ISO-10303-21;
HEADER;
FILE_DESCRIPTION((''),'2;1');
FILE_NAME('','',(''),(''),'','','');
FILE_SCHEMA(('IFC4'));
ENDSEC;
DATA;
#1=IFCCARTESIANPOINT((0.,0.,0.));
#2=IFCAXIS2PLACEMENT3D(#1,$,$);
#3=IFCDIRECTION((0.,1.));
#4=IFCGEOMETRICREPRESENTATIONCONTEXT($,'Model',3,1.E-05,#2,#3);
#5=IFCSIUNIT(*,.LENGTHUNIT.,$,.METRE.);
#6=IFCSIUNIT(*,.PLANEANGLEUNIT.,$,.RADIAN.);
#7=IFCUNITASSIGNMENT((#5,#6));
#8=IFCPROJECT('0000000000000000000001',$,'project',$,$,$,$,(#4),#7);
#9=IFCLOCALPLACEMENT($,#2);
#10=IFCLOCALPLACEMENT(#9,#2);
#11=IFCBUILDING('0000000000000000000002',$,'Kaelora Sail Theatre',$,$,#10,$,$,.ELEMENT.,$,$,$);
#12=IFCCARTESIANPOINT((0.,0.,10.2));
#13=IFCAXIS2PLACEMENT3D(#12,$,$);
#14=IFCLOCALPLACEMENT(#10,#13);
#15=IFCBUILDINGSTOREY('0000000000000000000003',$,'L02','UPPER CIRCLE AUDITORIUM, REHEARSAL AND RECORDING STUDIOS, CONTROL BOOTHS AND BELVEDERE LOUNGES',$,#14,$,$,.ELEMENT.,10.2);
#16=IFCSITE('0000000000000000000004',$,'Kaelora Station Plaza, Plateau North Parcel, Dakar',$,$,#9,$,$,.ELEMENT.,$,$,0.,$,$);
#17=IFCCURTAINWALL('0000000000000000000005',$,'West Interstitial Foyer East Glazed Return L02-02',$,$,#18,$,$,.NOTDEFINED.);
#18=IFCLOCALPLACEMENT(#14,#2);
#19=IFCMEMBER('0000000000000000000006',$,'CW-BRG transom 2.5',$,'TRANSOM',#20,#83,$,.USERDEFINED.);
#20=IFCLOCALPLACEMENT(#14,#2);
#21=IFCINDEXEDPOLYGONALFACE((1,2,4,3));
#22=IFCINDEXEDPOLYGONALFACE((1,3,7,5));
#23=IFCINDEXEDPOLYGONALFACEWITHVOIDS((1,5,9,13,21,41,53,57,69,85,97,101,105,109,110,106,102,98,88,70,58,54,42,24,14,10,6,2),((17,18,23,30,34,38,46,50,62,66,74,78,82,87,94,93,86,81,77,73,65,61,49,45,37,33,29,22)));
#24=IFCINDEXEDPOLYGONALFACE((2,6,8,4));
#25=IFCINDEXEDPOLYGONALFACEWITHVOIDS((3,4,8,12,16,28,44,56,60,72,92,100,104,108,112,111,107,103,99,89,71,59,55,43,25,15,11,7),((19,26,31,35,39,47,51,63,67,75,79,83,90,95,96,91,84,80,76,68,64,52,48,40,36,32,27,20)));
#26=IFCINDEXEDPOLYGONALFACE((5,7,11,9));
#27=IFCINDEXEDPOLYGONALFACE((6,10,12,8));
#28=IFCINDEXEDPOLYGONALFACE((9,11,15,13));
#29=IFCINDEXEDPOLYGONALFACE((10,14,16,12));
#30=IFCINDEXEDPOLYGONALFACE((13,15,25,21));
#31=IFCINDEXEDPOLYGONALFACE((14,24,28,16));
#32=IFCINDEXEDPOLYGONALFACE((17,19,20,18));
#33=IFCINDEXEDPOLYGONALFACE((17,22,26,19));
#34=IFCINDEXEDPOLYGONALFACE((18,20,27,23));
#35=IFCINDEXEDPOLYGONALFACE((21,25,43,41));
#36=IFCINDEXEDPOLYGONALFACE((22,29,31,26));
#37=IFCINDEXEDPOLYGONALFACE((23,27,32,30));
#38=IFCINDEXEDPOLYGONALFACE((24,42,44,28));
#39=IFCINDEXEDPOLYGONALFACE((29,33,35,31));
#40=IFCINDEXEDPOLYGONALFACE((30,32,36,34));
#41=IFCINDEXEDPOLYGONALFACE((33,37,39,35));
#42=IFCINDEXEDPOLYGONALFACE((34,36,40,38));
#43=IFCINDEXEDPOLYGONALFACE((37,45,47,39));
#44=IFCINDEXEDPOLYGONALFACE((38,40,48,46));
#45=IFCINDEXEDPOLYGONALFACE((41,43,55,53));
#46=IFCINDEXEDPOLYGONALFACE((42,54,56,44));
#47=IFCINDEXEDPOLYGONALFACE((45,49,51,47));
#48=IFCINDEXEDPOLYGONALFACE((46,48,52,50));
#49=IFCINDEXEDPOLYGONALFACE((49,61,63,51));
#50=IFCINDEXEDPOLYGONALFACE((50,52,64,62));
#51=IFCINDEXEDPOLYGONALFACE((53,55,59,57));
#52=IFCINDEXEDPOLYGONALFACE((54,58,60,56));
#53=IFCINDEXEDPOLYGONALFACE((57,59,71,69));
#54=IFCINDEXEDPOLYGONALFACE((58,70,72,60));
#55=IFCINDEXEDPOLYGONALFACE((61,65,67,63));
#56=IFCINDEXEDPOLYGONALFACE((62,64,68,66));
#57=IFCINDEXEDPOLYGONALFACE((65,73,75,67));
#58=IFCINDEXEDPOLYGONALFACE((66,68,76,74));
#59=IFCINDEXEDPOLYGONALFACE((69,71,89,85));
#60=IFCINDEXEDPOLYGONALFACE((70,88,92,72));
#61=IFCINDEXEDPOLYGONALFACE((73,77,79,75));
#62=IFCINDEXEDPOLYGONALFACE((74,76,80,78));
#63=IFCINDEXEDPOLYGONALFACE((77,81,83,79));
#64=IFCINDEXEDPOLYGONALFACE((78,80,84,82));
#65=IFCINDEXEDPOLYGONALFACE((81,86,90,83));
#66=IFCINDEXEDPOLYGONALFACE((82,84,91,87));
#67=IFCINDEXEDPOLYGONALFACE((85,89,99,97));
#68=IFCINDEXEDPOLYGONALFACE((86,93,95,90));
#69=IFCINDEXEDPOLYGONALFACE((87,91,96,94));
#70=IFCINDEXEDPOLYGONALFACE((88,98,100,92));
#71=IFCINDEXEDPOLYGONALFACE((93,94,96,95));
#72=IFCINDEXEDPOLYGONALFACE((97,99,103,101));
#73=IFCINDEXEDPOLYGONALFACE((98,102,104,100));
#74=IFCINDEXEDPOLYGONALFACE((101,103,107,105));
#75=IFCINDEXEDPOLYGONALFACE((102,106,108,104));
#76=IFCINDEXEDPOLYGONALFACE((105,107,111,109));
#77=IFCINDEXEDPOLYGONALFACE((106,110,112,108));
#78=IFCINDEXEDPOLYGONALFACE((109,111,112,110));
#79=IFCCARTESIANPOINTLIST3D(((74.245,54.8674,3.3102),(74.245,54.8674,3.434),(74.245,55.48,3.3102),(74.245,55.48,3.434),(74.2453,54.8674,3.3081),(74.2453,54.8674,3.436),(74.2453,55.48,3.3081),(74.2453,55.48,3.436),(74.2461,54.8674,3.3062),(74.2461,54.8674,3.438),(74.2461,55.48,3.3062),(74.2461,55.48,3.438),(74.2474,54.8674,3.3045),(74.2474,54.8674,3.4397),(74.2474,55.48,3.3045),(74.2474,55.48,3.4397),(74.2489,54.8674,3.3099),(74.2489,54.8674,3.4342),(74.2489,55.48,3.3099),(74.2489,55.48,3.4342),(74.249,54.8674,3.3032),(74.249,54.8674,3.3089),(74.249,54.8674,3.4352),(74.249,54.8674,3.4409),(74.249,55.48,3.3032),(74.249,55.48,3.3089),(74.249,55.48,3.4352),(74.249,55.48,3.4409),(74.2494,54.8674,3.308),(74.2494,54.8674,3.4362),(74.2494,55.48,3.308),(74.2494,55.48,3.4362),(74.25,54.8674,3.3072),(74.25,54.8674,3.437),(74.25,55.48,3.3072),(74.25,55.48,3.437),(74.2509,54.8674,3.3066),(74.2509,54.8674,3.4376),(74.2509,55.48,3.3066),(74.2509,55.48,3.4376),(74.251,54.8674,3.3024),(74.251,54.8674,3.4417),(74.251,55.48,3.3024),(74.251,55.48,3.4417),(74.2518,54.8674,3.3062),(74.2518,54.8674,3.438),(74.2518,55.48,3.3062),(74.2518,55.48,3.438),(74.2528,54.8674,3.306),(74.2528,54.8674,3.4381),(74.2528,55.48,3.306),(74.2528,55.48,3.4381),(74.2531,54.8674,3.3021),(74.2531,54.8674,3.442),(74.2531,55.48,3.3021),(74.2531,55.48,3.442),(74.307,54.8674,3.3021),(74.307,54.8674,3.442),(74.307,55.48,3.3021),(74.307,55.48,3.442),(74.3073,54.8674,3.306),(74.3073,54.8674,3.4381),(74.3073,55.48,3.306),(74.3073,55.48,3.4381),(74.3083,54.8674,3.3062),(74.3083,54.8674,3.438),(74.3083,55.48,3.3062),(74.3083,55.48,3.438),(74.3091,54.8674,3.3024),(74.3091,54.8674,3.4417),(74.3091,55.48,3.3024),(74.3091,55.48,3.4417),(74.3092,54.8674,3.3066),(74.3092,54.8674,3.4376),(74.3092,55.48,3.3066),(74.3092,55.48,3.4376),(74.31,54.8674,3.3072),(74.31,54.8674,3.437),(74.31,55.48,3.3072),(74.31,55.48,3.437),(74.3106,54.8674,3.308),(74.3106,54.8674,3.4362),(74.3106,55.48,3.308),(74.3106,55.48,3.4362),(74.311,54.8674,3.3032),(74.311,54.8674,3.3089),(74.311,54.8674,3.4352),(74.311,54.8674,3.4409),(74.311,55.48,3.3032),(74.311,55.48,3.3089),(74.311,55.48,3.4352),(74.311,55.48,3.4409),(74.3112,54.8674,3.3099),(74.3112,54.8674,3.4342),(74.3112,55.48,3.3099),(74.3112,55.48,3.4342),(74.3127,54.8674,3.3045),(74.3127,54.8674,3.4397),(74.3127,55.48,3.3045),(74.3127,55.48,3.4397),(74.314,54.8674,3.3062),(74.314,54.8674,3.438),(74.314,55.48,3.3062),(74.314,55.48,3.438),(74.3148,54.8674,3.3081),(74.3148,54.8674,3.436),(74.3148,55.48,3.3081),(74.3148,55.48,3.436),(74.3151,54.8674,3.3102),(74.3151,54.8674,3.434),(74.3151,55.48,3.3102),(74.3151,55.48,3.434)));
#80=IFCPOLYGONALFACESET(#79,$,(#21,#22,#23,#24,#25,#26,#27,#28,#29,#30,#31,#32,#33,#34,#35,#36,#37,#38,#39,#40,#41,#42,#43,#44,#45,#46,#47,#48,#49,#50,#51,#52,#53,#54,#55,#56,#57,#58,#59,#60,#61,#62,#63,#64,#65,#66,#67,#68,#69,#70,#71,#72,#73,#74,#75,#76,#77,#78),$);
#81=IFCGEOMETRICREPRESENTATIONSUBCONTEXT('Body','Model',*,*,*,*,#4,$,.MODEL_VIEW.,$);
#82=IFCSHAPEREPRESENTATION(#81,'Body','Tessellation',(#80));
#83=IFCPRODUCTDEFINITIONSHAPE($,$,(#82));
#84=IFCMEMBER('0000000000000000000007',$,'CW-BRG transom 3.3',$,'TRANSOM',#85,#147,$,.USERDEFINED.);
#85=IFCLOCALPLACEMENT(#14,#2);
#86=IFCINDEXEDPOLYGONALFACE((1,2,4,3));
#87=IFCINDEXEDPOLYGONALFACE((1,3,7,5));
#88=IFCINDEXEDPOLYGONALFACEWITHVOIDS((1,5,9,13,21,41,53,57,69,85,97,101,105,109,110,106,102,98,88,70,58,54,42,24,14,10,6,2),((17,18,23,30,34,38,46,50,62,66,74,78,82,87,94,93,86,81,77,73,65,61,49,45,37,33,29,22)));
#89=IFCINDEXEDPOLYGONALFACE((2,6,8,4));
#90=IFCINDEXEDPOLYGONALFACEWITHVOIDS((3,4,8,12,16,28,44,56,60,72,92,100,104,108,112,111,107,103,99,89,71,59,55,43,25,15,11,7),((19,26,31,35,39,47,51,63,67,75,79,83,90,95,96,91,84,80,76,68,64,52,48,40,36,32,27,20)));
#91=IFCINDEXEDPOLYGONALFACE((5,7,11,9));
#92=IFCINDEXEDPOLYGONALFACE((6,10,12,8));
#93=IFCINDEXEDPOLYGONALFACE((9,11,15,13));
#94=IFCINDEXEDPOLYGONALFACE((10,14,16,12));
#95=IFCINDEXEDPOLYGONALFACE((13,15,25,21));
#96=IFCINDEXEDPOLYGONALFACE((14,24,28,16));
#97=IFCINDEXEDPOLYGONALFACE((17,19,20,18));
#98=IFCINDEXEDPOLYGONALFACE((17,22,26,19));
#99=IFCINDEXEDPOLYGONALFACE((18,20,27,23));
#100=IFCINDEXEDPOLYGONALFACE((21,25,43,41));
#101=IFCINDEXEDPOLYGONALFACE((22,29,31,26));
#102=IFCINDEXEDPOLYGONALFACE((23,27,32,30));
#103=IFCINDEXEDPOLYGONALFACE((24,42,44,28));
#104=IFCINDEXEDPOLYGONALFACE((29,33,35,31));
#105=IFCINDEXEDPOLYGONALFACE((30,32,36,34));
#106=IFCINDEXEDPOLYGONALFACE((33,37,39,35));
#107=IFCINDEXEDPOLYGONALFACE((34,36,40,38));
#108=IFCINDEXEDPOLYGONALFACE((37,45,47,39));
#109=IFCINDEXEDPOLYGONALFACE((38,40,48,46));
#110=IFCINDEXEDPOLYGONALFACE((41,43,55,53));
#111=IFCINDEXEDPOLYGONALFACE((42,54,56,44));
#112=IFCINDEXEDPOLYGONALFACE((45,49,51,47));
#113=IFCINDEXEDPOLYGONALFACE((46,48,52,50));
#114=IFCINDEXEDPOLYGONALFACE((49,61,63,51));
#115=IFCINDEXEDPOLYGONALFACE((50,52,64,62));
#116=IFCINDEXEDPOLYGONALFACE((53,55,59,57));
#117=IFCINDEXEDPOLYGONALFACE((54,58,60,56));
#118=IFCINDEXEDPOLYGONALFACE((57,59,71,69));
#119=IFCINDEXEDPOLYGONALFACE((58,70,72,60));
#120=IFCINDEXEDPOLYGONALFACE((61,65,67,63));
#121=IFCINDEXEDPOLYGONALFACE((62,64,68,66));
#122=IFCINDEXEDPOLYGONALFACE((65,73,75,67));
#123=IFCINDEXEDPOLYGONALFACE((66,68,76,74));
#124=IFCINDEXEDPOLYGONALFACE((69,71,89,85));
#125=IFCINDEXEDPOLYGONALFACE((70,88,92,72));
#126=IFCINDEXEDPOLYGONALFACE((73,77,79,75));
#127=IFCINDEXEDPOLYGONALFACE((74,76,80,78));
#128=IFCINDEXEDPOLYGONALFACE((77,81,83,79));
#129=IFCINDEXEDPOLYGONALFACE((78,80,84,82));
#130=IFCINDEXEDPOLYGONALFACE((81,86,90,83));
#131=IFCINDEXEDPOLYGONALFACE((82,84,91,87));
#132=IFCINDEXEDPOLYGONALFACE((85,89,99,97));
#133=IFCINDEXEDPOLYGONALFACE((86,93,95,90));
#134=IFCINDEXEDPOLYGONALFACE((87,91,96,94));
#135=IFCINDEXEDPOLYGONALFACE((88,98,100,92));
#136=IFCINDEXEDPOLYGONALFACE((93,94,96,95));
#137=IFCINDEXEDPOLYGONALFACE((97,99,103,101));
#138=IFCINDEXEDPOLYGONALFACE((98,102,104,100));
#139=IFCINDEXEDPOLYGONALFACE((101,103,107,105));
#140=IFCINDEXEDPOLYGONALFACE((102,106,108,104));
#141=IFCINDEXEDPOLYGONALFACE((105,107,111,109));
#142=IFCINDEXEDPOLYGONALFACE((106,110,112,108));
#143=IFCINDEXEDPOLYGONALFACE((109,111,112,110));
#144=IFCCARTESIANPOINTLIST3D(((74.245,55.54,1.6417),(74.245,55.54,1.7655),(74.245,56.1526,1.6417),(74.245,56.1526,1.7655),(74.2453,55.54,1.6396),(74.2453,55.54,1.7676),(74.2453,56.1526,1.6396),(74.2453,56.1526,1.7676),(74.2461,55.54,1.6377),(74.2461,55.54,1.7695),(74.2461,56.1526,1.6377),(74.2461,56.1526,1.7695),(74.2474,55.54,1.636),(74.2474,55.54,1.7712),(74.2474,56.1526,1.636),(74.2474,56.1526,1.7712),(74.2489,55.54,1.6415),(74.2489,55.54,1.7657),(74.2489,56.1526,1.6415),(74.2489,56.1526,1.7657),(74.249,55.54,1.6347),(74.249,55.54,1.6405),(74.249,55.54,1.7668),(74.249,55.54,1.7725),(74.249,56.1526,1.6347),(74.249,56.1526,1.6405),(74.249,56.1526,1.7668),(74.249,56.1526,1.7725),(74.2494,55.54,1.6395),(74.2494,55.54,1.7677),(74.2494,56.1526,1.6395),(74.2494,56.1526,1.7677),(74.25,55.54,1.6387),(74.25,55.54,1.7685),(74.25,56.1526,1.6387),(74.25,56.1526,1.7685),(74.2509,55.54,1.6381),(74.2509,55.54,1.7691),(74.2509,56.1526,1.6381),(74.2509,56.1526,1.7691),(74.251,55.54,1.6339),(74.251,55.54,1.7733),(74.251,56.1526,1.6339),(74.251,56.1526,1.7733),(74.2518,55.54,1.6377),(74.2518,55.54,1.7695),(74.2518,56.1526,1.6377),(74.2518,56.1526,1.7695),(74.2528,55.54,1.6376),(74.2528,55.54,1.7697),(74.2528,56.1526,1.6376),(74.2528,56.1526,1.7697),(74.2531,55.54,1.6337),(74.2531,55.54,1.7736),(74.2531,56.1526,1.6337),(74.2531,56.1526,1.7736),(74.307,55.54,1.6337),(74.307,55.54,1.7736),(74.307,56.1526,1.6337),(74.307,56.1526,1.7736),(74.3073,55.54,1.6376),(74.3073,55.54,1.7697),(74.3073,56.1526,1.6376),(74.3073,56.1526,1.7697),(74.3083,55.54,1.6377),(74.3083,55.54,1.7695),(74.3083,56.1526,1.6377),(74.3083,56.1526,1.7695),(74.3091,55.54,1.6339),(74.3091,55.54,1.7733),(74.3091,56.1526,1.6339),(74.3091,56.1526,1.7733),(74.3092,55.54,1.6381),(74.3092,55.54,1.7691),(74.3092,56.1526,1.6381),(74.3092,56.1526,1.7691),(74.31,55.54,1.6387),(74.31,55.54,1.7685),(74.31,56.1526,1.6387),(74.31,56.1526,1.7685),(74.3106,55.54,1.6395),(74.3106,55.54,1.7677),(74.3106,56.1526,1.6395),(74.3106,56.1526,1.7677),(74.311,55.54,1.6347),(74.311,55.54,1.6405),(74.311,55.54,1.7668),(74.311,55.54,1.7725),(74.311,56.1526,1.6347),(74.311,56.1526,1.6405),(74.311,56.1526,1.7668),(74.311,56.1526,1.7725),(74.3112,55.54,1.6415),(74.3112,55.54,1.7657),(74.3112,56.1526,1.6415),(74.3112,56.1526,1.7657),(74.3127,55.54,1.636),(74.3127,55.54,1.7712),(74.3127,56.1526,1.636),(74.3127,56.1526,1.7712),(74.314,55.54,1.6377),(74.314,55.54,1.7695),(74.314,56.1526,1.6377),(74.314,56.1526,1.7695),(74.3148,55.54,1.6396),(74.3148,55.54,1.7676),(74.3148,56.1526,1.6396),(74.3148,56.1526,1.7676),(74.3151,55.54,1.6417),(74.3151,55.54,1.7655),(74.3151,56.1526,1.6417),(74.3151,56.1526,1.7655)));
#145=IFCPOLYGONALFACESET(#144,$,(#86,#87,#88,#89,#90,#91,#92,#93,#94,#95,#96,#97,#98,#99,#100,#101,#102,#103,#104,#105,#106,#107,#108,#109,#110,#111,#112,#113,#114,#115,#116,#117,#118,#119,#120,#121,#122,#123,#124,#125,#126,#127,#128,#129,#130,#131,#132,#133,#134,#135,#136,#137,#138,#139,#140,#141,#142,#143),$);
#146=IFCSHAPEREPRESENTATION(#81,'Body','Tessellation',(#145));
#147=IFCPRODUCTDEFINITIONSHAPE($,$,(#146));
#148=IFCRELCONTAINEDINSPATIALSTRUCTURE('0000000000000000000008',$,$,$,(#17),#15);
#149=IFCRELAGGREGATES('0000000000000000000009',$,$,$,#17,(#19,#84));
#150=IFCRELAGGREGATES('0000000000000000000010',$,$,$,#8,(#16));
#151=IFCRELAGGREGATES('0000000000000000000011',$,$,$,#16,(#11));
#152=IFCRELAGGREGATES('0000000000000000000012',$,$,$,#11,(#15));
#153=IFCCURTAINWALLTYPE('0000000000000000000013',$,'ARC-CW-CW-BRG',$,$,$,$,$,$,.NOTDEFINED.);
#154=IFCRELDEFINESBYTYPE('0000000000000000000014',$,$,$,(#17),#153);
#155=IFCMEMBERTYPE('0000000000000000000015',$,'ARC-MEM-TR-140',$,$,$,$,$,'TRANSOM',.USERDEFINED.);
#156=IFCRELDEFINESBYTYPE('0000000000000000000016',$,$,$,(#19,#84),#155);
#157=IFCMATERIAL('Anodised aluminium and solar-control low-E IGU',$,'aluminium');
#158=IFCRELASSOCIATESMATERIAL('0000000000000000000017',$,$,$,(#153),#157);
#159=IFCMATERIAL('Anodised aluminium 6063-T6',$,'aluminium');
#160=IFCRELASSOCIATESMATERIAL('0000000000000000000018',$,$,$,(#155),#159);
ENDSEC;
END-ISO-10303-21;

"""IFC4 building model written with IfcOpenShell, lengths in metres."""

from ifc_helpers import new_model, si_unit, direction, frame, origin, origin_2d, place, context, subcontext, project, spatial, hollow_rectangle, extrude, material, material_profile, profile_set, type_object, element, aggregate, save


model = new_model("IFC4")

# Units and contexts
model_context = context("Model", 3, precision=1e-05, world=origin(), true_north=direction((0.0, 1.0)))
body_context = subcontext(model_context, "Body", "Model", "MODEL_VIEW")
ifc_project = project(units=[si_unit("LENGTHUNIT", "METRE"), si_unit("PLANEANGLEUNIT", "RADIAN")], contexts=[model_context])

# Site, building, storey
site_placement = place(None, origin())
site = spatial("IfcSite", under=ifc_project, at=site_placement, Name="Kaelora Station Plaza, Plateau North Parcel, Dakar", CompositionType="ELEMENT", RefElevation=0.0)
building_placement = place(site_placement, origin())
building = spatial("IfcBuilding", under=site, at=building_placement, Name="Kaelora Sail Theatre", CompositionType="ELEMENT")
storey_placement = place(building_placement, frame((0.0, 0.0, 10.2)))
storey = spatial("IfcBuildingStorey", under=building, at=storey_placement, Name="L02", Description="UPPER CIRCLE AUDITORIUM, REHEARSAL AND RECORDING STUDIOS, CONTROL BOOTHS AND BELVEDERE LOUNGES", CompositionType="ELEMENT", Elevation=10.2)

# Curtain wall, members
ifc_material_1 = material(Name="Anodised aluminium and solar-control low-E IGU", Category="aluminium")
curtain_wall_type = type_object("IfcCurtainWallType", Name="ARC-CW-CW-BRG", PredefinedType="NOTDEFINED", material=ifc_material_1)
ifc_material_2 = material(Name="Anodised aluminium 6063-T6", Category="aluminium")
ifc_material_profile_1 = material_profile(ifc_material_2, hollow_rectangle(XDim=0.0701, YDim=0.1399, WallThickness=0.0039, InnerFilletRadius=0.0039, OuterFilletRadius=0.0081, at=origin_2d()), Name="ALU-TRAN 70x140x4")
ifc_profile_set_1 = profile_set([ifc_material_profile_1], Name="Anodised aluminium 6063-T6")
member_type_1 = type_object("IfcMemberType", Name="ARC-MEM-TR-140", ElementType="TRANSOM", PredefinedType="USERDEFINED", material=ifc_profile_set_1)
curtain_wall_1_placement = place(storey_placement, origin())
curtain_wall_1 = element("IfcCurtainWall", 1, at=curtain_wall_1_placement, inside=storey, type_object=curtain_wall_type, Name="West Interstitial Foyer East Glazed Return L02-02", PredefinedType="NOTDEFINED")
member_1_placement = place(storey_placement, frame((74.28, 54.8674, 3.3721), z_axis=(0.0, 1.0, 0.0), x_axis=(-1.0, 0.0, 0.0)))
member_1 = element("IfcMember", 2, at=member_1_placement, type_object=member_type_1, Name="CW-BRG transom 2.5", ObjectType="TRANSOM", PredefinedType="USERDEFINED", context=body_context, shape_type="SweptSolid", body=[
    extrude(hollow_rectangle(XDim=0.0701, YDim=0.1399, WallThickness=0.0039, InnerFilletRadius=0.0039, OuterFilletRadius=0.0081, at=origin_2d()), origin(), (0.0, 0.0, 1.0), 0.6125),
])
member_2_placement = place(storey_placement, frame((74.28, 55.54, 1.7036), z_axis=(0.0, 1.0, 0.0), x_axis=(-1.0, 0.0, 0.0)))
member_2 = element("IfcMember", 3, at=member_2_placement, type_object=member_type_1, Name="CW-BRG transom 3.3", ObjectType="TRANSOM", PredefinedType="USERDEFINED", context=body_context, shape_type="SweptSolid", body=[
    extrude(hollow_rectangle(XDim=0.0701, YDim=0.1399, WallThickness=0.0039, InnerFilletRadius=0.0039, OuterFilletRadius=0.0081, at=origin_2d()), origin(), (0.0, 0.0, 1.0), 0.6125),
])

aggregate(curtain_wall_1, [member_1, member_2])

save(model, "model.ifc")
